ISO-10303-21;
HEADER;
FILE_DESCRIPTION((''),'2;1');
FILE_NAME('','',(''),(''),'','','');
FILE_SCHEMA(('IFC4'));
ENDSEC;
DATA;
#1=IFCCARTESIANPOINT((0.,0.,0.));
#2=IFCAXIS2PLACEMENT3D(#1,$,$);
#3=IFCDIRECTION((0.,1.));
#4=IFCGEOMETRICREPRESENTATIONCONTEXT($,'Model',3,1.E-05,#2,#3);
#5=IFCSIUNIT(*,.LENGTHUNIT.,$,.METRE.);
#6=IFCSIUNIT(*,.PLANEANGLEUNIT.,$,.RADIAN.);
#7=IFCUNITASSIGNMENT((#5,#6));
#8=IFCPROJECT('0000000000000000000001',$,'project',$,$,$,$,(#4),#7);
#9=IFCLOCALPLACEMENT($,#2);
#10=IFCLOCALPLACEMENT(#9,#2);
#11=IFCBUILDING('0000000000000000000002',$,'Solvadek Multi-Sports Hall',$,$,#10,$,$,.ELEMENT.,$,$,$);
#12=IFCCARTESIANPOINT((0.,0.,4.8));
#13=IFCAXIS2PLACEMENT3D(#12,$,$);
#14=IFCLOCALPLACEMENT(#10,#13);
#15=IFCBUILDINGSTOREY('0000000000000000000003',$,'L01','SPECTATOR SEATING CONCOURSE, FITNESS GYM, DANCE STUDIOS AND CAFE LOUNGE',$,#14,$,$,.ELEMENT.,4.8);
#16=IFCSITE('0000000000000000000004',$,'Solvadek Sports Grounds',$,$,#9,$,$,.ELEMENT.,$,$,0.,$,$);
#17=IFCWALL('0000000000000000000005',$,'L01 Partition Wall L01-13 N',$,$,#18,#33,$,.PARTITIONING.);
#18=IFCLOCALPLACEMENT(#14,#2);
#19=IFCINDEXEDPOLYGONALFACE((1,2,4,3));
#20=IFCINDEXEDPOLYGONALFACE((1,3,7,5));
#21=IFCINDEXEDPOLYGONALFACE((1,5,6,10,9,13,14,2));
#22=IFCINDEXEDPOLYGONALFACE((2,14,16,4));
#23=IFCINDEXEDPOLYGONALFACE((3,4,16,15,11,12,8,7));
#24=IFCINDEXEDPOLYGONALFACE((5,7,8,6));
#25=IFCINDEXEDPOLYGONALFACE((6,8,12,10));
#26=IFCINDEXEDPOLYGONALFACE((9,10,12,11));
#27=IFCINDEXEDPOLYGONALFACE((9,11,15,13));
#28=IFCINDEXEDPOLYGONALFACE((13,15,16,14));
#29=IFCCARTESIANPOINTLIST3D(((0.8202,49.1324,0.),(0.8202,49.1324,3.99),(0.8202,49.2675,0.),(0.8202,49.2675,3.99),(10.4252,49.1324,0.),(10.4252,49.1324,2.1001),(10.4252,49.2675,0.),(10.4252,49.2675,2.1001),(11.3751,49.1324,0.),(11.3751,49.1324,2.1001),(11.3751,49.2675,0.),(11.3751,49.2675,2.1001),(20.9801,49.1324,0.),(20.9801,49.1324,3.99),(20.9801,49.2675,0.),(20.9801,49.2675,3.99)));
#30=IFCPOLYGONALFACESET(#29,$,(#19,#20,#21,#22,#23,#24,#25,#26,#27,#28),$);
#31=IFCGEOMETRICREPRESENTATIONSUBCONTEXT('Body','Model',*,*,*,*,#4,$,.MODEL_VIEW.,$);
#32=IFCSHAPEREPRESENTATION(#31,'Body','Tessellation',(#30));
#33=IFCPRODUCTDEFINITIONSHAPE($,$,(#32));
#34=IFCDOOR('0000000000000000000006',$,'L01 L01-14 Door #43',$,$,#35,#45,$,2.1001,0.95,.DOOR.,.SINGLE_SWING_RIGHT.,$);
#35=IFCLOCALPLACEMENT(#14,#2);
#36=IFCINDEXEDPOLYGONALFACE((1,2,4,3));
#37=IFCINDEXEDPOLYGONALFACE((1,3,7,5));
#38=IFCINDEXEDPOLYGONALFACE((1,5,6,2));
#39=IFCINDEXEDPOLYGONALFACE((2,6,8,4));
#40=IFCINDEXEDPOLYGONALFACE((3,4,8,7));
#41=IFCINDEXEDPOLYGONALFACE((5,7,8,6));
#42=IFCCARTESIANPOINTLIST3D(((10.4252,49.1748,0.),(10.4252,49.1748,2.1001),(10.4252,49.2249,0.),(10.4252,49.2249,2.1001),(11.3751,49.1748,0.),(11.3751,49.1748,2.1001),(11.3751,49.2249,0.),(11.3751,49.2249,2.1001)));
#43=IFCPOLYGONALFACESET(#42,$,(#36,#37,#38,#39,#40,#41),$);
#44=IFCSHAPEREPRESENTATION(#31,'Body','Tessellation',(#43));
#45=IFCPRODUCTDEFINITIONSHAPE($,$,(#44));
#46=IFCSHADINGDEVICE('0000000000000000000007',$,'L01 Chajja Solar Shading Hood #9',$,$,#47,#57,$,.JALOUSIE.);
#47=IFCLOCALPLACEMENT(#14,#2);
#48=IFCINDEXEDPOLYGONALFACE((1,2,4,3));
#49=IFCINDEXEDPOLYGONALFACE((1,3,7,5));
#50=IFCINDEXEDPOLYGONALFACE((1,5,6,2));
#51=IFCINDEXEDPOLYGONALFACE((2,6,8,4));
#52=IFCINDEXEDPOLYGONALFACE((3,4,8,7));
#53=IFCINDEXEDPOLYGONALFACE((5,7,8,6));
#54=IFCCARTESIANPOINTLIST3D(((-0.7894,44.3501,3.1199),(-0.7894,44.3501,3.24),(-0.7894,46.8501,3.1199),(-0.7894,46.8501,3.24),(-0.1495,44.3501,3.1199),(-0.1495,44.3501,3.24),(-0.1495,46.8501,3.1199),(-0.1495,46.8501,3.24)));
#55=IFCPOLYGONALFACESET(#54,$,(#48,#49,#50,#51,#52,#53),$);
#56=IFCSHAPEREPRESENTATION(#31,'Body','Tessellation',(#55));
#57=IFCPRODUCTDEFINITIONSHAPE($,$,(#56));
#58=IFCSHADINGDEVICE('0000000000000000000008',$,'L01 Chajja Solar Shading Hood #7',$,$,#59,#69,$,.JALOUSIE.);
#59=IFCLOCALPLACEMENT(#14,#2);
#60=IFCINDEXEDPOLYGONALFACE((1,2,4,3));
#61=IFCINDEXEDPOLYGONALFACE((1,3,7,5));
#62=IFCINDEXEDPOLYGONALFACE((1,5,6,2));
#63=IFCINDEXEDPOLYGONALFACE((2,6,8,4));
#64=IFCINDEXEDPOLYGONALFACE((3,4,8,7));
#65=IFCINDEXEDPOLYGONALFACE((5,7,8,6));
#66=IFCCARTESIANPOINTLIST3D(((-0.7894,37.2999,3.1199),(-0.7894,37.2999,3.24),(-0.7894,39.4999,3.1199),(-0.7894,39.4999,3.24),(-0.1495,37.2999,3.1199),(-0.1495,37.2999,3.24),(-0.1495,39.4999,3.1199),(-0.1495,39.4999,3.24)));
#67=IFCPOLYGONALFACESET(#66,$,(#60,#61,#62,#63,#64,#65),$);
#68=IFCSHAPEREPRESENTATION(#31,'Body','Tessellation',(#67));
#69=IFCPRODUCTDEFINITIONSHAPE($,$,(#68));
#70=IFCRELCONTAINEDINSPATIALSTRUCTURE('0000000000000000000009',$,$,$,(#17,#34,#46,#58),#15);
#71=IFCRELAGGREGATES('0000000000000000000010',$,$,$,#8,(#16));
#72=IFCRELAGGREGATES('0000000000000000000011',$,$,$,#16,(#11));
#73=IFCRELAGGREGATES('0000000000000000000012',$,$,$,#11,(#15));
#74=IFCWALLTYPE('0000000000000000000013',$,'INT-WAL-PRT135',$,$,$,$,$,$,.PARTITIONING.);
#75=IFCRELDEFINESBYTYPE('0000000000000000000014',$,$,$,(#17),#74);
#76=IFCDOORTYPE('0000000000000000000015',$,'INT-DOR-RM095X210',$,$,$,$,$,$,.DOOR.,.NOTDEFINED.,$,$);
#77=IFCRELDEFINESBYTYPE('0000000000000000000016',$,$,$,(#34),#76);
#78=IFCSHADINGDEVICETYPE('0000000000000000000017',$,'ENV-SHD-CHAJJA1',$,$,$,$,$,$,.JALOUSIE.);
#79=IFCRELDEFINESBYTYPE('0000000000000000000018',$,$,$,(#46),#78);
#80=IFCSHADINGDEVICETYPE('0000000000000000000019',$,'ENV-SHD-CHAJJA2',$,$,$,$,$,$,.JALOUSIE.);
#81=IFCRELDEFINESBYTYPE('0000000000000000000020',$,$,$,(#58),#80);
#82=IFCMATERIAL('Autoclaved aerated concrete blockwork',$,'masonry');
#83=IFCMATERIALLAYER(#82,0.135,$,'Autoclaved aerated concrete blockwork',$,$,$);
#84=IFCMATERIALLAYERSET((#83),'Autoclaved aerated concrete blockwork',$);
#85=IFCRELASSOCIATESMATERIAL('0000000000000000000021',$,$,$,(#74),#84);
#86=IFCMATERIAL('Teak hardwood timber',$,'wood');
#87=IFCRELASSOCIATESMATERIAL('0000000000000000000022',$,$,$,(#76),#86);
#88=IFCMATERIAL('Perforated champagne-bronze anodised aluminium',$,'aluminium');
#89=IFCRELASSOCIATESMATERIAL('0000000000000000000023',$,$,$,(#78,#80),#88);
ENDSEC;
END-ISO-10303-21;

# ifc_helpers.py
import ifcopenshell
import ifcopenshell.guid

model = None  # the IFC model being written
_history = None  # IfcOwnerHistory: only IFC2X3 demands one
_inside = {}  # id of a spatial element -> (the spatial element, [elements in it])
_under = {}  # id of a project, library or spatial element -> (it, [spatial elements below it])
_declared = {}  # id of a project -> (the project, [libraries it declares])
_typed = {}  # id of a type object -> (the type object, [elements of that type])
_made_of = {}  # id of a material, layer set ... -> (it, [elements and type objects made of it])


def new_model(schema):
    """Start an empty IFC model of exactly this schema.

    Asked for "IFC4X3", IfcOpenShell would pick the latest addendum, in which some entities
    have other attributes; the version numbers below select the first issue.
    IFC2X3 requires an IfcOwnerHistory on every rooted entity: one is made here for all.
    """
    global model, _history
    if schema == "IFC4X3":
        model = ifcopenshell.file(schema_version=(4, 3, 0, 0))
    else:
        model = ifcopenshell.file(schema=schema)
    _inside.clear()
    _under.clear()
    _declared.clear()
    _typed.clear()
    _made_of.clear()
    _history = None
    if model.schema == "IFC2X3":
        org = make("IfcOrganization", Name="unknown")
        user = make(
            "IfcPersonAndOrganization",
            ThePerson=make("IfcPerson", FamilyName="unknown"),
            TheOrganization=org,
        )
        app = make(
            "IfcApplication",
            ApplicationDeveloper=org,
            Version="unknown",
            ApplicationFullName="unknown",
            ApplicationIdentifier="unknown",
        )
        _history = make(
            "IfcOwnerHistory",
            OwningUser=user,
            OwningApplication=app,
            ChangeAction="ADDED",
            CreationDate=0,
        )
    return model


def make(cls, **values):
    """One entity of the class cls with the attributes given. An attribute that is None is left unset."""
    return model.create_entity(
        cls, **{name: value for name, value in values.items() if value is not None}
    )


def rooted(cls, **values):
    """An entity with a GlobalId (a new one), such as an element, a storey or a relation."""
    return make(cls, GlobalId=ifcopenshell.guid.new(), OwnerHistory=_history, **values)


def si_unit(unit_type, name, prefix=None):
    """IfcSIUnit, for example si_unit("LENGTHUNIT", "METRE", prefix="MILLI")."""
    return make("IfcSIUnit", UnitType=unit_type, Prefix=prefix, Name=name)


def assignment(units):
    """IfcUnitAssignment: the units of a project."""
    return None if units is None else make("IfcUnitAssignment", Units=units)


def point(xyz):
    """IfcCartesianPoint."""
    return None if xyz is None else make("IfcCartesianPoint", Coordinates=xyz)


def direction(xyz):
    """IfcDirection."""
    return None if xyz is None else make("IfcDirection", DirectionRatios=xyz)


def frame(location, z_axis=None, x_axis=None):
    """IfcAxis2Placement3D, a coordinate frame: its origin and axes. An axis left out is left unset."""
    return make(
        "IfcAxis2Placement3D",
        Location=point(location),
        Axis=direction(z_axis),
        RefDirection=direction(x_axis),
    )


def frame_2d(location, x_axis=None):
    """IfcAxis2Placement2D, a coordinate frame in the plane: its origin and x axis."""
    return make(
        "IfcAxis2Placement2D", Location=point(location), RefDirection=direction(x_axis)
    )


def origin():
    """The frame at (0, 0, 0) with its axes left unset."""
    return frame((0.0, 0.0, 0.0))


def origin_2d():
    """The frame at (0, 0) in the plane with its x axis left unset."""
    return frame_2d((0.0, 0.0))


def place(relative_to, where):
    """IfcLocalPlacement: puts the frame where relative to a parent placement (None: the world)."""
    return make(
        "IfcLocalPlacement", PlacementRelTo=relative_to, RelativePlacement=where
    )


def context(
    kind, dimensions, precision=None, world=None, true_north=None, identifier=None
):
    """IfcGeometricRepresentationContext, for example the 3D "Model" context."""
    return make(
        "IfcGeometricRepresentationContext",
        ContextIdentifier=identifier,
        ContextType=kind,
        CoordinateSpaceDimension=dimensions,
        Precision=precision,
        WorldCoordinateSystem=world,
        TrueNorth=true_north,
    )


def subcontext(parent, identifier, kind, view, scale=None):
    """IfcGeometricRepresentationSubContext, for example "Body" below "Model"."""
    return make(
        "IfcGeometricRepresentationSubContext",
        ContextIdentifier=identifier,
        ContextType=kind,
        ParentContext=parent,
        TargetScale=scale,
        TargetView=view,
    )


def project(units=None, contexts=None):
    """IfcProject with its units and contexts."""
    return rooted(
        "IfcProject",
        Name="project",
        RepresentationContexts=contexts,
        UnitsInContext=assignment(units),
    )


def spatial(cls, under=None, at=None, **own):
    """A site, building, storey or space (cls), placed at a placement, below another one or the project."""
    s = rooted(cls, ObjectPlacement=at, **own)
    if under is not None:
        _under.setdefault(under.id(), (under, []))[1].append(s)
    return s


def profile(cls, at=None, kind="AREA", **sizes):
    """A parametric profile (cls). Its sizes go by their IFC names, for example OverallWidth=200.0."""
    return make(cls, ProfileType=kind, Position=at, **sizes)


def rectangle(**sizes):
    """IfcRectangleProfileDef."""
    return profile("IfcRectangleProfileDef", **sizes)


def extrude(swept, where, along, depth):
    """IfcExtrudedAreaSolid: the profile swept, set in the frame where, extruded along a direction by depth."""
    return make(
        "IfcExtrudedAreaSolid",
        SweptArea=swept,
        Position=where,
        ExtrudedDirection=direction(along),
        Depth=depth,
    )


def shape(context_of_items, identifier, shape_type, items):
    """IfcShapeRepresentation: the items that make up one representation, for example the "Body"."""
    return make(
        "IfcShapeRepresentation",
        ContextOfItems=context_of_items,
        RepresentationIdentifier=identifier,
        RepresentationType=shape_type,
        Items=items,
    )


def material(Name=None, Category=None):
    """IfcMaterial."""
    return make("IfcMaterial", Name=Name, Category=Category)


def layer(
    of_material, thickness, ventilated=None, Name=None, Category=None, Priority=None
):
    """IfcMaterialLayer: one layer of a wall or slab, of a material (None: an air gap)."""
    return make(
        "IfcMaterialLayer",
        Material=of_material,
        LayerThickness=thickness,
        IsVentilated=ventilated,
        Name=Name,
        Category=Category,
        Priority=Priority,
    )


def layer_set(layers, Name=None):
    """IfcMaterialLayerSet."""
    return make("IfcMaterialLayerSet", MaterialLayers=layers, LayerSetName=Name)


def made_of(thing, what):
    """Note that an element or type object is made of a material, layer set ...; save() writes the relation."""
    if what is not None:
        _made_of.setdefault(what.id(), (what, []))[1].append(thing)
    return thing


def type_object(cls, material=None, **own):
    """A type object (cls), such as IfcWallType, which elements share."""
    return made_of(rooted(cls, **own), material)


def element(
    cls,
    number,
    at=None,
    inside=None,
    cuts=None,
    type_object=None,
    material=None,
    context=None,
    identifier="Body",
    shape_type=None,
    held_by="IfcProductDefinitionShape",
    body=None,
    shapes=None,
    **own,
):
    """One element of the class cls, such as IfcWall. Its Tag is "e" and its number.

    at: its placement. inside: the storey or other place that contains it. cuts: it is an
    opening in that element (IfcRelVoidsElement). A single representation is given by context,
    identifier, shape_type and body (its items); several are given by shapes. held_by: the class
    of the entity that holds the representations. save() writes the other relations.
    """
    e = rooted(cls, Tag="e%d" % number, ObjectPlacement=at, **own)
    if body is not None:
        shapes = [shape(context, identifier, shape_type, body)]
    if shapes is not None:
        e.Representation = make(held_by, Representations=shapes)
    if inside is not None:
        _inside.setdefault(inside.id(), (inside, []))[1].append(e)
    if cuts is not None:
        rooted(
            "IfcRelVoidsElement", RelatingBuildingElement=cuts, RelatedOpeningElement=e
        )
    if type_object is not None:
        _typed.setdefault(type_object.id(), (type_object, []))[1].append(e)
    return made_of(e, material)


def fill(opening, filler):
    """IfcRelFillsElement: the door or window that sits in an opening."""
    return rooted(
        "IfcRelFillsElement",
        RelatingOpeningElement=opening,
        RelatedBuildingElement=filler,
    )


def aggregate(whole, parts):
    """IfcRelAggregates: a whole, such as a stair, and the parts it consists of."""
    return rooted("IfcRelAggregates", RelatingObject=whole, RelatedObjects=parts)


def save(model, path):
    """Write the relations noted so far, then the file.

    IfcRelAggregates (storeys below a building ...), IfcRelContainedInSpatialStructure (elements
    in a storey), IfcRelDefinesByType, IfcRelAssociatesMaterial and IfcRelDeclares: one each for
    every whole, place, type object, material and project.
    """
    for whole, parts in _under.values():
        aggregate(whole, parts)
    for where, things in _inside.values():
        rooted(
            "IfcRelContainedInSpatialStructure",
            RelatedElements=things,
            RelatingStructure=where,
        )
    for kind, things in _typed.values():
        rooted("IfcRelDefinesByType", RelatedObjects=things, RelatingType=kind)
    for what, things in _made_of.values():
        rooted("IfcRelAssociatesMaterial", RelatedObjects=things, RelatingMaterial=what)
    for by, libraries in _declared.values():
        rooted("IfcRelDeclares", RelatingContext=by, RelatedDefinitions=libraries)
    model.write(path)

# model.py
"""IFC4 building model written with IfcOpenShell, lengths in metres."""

from ifc_helpers import new_model, si_unit, direction, frame, frame_2d, origin, origin_2d, place, context, subcontext, project, spatial, rectangle, extrude, material, layer, layer_set, type_object, element, fill, save


model = new_model("IFC4")

# Units and contexts
model_context = context("Model", 3, precision=1e-05, world=origin(), true_north=direction((0.0, 1.0)))
body_context = subcontext(model_context, "Body", "Model", "MODEL_VIEW")
ifc_project = project(units=[si_unit("LENGTHUNIT", "METRE"), si_unit("PLANEANGLEUNIT", "RADIAN")], contexts=[model_context])

# Site, building, storey
site_placement = place(None, origin())
site = spatial("IfcSite", under=ifc_project, at=site_placement, Name="Solvadek Sports Grounds", CompositionType="ELEMENT", RefElevation=0.0)
building_placement = place(site_placement, origin())
building = spatial("IfcBuilding", under=site, at=building_placement, Name="Solvadek Multi-Sports Hall", CompositionType="ELEMENT")
storey_placement = place(building_placement, frame((0.0, 0.0, 4.8)))
storey = spatial("IfcBuildingStorey", under=building, at=storey_placement, Name="L01", Description="SPECTATOR SEATING CONCOURSE, FITNESS GYM, DANCE STUDIOS AND CAFE LOUNGE", CompositionType="ELEMENT", Elevation=4.8)

# Wall, opening, door
ifc_material_1 = material(Name="Autoclaved aerated concrete blockwork", Category="masonry")
ifc_layer_1 = layer(ifc_material_1, 0.135, Name="Autoclaved aerated concrete blockwork")
ifc_layer_set_1 = layer_set([ifc_layer_1], Name="Autoclaved aerated concrete blockwork")
wall_type_1 = type_object("IfcWallType", Name="INT-WAL-PRT135", PredefinedType="PARTITIONING", material=ifc_layer_set_1)
wall_1_placement = place(storey_placement, frame((0.8201, 49.2, 0.0), z_axis=(0.0, 0.0, 1.0), x_axis=(1.0, 0.0, 0.0)))
wall_1 = element("IfcWall", 1, at=wall_1_placement, inside=storey, type_object=wall_type_1, Name="L01 Partition Wall L01-13 N", PredefinedType="PARTITIONING", context=body_context, shape_type="SweptSolid", body=[
    extrude(rectangle(XDim=20.1599, YDim=0.135, at=frame_2d((10.0801, 0.0))), origin(), (0.0, 0.0, 1.0), 3.99),
])
opening_1_placement = place(wall_1_placement, frame((9.605, 0.0, 0.0)))
opening_1 = element("IfcOpeningElement", 2, at=opening_1_placement, cuts=wall_1, PredefinedType="OPENING", context=body_context, shape_type="SweptSolid", body=[
    extrude(rectangle(XDim=0.95, YDim=2.1001, at=frame_2d((0.4751, 1.05))), frame((0.0, 0.0774, 0.0), z_axis=(0.0, -1.0, 0.0), x_axis=(1.0, 0.0, 0.0)), (0.0, 0.0, 1.0), 0.155),
])
ifc_material_2 = material(Name="Teak hardwood timber", Category="wood")
door_type = type_object("IfcDoorType", Name="INT-DOR-RM095X210", OperationType="NOTDEFINED", PredefinedType="DOOR", material=ifc_material_2)
door_placement = place(opening_1_placement, origin())
door = element("IfcDoor", 3, at=door_placement, inside=storey, type_object=door_type, Name="L01 L01-14 Door #43", OperationType="SINGLE_SWING_RIGHT", OverallHeight=2.1001, OverallWidth=0.95, PredefinedType="DOOR", context=body_context, shape_type="SweptSolid", body=[
    extrude(rectangle(XDim=0.95, YDim=2.1001, at=frame_2d((0.4751, 1.05))), frame((0.0, 0.0249, 0.0), z_axis=(0.0, -1.0, 0.0), x_axis=(1.0, 0.0, 0.0)), (0.0, 0.0, 1.0), 0.05),
])
fill(opening_1, door)

# Shading devices
ifc_material_3 = material(Name="Perforated champagne-bronze anodised aluminium", Category="aluminium")
shading_device_type_1 = type_object("IfcShadingDeviceType", Name="ENV-SHD-CHAJJA1", PredefinedType="JALOUSIE", material=ifc_material_3)
shading_device_1_placement = place(storey_placement, frame((-0.4695, 45.6001, 3.1199), z_axis=(0.0, 0.0, 1.0), x_axis=(0.0, 1.0, 0.0)))
element("IfcShadingDevice", 4, at=shading_device_1_placement, inside=storey, type_object=shading_device_type_1, Name="L01 Chajja Solar Shading Hood #9", PredefinedType="JALOUSIE", context=body_context, shape_type="SweptSolid", body=[
    extrude(rectangle(XDim=2.5, YDim=0.6399, at=origin_2d()), origin(), (0.0, 0.0, 1.0), 0.1201),
])
shading_device_type_2 = type_object("IfcShadingDeviceType", Name="ENV-SHD-CHAJJA2", PredefinedType="JALOUSIE", material=ifc_material_3)
shading_device_2_placement = place(storey_placement, frame((-0.4695, 38.3999, 3.1199), z_axis=(0.0, 0.0, 1.0), x_axis=(0.0, 1.0, 0.0)))
element("IfcShadingDevice", 5, at=shading_device_2_placement, inside=storey, type_object=shading_device_type_2, Name="L01 Chajja Solar Shading Hood #7", PredefinedType="JALOUSIE", context=body_context, shape_type="SweptSolid", body=[
    extrude(rectangle(XDim=2.2, YDim=0.6399, at=origin_2d()), origin(), (0.0, 0.0, 1.0), 0.1201),
])

save(model, "model.ifc")
